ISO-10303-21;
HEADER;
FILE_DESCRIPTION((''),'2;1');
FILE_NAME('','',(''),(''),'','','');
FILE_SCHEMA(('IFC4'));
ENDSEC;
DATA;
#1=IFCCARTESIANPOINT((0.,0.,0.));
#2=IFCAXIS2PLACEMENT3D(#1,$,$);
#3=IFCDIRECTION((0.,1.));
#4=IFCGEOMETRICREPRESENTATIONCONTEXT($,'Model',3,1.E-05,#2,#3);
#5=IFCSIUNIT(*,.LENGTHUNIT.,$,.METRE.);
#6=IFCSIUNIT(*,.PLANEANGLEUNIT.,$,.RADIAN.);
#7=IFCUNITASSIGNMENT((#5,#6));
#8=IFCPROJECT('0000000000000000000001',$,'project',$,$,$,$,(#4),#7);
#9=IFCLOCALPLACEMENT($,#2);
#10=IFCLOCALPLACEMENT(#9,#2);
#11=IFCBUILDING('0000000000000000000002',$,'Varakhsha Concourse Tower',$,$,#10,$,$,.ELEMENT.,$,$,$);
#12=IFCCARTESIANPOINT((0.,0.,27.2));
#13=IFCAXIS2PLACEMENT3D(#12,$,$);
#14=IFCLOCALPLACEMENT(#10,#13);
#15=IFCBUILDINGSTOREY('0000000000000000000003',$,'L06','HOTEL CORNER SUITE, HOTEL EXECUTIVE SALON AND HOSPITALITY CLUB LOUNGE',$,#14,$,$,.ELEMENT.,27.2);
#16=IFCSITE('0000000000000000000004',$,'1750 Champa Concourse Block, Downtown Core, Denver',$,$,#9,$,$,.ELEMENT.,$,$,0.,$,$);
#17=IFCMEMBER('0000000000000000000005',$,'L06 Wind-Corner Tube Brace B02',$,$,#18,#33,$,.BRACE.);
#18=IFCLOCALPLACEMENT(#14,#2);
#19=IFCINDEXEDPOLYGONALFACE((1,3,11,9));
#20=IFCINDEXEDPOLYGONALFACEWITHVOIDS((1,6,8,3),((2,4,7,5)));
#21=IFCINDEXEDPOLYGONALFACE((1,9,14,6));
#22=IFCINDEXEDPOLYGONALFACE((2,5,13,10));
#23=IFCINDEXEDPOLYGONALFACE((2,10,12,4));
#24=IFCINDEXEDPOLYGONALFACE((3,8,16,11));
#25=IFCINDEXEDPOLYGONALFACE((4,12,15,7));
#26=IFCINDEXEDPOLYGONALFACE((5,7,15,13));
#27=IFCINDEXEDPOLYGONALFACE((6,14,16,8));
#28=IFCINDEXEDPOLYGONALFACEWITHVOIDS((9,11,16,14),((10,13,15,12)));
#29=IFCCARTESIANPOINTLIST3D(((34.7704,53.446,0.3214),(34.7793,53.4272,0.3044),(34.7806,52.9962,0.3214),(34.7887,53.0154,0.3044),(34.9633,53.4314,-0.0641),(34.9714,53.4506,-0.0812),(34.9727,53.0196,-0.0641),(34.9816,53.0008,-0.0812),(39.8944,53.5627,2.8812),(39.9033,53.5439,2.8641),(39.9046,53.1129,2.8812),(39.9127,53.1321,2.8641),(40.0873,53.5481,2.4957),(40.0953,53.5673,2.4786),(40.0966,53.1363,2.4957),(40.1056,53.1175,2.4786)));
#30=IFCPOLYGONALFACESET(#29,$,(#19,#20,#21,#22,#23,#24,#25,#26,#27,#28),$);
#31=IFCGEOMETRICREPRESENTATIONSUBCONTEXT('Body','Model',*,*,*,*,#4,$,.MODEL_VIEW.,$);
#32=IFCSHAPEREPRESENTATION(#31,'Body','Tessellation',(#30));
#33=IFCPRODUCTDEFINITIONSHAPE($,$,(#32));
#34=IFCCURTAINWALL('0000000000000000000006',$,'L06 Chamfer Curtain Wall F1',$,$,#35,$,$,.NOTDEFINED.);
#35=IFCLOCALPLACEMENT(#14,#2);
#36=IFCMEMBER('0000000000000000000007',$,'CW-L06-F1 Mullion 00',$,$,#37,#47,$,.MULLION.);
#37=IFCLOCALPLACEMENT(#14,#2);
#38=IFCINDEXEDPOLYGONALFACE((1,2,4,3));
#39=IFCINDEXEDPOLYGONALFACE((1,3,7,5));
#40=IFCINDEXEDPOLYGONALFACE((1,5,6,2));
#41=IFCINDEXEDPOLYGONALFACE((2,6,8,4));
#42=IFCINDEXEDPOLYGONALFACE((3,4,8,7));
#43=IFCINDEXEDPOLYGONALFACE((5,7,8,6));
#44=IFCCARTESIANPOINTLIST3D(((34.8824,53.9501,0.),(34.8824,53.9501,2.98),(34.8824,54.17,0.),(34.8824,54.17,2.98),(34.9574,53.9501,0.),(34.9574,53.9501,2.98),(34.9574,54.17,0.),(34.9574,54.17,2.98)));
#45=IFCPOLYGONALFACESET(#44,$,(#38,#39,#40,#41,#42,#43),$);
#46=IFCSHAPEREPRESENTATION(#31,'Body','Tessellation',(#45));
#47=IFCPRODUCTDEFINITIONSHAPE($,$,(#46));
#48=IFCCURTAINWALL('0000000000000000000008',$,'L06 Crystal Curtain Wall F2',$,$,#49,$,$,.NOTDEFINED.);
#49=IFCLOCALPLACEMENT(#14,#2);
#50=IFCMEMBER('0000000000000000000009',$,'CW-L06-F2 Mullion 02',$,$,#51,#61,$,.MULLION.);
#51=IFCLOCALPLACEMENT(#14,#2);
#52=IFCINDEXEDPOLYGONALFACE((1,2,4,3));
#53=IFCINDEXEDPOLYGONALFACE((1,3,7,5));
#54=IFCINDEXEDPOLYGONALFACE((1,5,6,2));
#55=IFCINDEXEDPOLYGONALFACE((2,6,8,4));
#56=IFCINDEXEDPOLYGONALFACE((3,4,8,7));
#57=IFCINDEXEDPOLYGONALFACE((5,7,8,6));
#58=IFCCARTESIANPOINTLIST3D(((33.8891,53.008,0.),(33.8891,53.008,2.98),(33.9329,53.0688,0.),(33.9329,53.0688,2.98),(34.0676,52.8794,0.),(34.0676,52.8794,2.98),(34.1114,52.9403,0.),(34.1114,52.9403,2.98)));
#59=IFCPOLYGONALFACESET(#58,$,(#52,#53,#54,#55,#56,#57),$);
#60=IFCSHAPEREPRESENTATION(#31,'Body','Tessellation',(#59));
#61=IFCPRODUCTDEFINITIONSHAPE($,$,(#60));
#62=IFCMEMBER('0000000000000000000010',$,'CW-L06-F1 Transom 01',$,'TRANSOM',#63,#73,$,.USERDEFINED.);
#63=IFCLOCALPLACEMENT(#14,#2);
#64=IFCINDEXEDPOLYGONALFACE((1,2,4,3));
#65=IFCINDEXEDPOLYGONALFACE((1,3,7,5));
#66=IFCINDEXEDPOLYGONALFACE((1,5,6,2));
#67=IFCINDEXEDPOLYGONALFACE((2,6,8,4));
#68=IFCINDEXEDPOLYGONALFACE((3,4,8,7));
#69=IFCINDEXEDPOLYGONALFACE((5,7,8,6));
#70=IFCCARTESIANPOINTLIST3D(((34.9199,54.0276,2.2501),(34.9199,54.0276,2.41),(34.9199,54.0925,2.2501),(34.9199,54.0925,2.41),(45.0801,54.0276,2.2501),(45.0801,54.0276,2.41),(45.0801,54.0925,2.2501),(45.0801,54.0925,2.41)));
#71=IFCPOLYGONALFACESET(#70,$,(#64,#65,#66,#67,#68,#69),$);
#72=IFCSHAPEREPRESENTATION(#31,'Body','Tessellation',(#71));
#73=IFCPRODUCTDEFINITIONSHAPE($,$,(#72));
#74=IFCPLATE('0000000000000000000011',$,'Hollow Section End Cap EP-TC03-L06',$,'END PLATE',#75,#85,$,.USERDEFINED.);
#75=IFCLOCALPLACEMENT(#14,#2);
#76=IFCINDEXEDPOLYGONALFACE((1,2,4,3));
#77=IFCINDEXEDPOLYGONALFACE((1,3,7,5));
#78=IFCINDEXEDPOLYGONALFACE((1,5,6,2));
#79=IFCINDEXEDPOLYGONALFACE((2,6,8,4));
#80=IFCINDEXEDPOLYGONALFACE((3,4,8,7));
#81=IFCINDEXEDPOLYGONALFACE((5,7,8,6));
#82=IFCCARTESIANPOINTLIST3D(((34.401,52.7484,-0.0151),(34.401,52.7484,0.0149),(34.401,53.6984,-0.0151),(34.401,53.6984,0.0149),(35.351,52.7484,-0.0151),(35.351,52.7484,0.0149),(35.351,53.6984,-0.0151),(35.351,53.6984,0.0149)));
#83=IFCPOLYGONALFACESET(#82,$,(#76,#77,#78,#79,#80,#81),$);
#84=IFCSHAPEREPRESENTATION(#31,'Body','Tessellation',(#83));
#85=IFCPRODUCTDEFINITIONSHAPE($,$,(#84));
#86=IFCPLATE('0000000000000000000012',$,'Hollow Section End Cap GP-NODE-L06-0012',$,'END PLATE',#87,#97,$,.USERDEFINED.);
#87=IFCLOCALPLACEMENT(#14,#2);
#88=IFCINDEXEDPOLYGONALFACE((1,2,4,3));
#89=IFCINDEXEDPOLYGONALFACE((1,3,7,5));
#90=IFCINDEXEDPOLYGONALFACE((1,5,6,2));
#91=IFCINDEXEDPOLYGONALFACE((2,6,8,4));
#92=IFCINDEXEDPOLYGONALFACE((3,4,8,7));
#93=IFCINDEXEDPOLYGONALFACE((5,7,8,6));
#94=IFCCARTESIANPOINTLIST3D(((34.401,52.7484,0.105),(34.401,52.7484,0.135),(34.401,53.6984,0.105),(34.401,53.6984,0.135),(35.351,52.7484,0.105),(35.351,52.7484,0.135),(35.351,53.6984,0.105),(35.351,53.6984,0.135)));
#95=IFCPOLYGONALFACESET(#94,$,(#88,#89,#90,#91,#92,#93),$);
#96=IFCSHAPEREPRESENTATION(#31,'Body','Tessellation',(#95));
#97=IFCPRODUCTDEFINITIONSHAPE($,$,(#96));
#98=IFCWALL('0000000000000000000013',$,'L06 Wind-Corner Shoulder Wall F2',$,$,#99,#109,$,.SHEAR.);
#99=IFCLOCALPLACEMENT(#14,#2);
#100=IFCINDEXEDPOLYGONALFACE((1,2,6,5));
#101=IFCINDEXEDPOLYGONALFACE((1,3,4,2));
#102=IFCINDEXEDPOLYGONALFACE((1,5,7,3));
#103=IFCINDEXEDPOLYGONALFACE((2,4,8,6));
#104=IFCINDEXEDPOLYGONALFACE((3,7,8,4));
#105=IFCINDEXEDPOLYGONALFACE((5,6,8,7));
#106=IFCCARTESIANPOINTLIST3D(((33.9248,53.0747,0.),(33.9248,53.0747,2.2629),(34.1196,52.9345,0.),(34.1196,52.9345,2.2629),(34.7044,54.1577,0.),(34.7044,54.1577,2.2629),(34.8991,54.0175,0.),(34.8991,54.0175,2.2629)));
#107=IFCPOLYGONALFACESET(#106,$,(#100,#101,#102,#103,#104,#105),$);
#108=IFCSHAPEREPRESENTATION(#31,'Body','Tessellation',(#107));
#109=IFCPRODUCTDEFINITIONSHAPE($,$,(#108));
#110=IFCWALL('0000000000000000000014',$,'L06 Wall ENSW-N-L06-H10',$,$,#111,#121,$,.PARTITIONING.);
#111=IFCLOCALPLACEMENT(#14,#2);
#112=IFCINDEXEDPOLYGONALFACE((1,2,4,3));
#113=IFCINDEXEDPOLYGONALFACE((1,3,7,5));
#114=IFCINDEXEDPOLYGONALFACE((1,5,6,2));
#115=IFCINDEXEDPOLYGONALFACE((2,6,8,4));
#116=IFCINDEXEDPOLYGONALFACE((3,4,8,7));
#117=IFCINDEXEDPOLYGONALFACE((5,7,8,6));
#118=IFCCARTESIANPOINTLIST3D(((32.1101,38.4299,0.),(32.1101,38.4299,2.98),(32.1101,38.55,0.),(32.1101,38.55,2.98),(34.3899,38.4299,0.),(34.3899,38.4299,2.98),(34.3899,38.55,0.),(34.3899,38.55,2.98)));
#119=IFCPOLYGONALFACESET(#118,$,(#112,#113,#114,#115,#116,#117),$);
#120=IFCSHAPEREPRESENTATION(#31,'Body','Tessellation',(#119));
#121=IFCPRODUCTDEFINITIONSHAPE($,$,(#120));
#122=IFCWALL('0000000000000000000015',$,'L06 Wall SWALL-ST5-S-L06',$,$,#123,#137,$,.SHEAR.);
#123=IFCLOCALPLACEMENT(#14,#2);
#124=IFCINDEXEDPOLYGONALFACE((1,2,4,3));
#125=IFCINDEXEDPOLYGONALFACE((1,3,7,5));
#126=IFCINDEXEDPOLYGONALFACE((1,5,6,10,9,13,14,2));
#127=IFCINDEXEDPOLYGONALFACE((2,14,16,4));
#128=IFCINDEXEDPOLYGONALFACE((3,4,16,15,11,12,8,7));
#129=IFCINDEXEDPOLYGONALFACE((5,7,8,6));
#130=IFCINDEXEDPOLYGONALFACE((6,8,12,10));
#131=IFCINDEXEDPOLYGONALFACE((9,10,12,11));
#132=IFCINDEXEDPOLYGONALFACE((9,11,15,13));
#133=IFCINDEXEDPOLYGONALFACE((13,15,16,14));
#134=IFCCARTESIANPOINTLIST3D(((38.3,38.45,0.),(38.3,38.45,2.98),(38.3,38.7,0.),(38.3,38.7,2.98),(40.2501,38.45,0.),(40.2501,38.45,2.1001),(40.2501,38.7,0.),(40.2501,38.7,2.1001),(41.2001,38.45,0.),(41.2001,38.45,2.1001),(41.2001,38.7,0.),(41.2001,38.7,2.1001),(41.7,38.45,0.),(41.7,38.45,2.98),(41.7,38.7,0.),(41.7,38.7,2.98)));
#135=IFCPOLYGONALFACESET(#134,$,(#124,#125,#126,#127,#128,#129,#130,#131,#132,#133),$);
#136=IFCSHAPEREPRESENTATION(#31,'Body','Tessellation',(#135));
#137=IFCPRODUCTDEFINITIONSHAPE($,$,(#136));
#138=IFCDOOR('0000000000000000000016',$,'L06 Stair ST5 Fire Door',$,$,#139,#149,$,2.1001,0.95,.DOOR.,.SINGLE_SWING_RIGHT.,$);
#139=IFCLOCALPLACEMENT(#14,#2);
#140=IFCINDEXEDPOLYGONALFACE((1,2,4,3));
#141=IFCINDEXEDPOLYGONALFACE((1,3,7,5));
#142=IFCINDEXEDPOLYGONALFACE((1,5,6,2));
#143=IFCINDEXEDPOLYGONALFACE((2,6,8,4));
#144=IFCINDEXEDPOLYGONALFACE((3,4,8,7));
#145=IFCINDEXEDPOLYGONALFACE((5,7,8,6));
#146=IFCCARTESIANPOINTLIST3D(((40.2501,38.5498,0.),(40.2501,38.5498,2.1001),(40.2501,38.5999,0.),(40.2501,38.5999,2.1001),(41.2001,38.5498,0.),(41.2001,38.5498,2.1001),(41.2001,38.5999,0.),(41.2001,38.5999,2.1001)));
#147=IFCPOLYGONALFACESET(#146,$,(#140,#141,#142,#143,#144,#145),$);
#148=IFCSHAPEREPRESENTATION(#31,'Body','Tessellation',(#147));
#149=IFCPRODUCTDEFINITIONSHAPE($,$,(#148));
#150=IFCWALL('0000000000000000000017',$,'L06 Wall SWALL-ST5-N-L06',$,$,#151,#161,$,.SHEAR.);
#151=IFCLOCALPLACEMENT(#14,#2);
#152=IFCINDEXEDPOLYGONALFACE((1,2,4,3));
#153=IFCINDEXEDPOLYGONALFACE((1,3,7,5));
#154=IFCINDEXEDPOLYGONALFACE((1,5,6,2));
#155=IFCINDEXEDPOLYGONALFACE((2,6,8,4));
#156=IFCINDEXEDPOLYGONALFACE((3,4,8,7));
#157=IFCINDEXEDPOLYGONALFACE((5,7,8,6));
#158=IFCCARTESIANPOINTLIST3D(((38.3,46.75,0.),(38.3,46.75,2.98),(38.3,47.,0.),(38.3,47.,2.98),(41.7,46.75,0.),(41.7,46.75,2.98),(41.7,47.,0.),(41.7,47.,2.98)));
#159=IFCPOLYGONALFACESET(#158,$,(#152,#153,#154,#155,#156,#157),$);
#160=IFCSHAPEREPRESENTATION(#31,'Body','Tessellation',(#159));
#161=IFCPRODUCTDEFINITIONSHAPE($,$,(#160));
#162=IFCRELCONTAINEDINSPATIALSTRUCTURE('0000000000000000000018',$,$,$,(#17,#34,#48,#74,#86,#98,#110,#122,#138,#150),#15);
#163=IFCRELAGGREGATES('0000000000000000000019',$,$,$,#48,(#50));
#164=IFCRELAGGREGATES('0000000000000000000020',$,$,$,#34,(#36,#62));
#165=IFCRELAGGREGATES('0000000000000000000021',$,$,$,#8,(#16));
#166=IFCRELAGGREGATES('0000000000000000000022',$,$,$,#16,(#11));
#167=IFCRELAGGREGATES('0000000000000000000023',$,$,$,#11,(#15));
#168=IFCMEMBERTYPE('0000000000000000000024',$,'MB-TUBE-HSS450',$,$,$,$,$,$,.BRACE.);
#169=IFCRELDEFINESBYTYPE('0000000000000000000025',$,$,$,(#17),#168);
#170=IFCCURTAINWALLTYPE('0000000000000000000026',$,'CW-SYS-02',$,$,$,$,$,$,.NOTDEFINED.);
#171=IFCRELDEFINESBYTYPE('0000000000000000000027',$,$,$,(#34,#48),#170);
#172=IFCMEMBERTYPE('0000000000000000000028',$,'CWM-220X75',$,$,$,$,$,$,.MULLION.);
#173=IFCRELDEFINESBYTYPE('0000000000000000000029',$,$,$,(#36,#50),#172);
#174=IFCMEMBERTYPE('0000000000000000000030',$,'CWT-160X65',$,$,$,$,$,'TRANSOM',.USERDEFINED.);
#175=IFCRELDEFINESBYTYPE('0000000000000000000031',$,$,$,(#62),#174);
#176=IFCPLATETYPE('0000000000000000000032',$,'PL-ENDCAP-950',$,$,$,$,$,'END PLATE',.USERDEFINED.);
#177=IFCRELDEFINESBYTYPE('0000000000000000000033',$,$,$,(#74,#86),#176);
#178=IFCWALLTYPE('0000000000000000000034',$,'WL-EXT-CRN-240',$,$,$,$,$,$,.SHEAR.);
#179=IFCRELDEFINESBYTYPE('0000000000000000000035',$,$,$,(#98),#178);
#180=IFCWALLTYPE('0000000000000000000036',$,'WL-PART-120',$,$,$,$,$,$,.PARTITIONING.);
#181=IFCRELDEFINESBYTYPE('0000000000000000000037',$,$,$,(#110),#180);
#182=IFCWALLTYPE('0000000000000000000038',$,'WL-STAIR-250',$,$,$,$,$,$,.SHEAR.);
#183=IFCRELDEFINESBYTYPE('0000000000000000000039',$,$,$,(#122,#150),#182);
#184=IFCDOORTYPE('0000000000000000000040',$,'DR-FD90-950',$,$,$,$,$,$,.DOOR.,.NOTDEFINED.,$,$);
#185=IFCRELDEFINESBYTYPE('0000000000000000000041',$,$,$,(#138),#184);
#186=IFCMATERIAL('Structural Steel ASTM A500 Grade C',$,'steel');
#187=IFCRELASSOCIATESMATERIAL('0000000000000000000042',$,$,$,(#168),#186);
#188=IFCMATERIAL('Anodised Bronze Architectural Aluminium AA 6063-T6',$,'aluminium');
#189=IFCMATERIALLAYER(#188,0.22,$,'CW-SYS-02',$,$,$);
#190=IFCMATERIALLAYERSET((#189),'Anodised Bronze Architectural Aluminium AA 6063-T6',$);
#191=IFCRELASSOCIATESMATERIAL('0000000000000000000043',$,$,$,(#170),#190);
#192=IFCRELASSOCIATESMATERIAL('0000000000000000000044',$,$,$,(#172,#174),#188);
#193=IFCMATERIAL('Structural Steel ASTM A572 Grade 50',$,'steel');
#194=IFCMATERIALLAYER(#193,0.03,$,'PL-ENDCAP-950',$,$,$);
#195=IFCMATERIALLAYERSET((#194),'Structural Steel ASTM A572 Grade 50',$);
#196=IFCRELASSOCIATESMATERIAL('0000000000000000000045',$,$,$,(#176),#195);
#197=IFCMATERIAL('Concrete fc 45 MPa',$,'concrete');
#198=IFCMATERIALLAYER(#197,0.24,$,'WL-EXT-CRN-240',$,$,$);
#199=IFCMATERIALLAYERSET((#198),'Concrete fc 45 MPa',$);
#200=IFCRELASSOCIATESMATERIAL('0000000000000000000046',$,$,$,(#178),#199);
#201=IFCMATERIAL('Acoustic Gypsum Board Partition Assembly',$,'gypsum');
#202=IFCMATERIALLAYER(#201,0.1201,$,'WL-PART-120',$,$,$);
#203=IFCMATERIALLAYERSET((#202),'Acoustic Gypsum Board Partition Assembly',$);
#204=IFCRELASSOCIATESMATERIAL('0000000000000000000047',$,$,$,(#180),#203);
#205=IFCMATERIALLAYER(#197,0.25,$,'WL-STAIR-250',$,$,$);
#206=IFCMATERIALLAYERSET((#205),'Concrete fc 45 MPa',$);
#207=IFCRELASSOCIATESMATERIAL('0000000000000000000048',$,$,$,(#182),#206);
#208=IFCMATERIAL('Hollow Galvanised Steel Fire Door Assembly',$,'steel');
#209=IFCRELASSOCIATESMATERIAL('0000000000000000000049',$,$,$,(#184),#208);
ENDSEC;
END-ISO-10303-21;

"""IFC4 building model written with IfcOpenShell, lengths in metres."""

from ifc_helpers import new_model, si_unit, direction, frame, frame_2d, origin, origin_2d, place, context, subcontext, project, spatial, rectangle, hollow_rectangle, extrude, source, transform, mapped, material, layer, layer_set, material_profile, profile_set, type_object, type_shapes, element, fill, aggregate, save


model = new_model("IFC4")

# Units and contexts
model_context = context("Model", 3, precision=1e-05, world=origin(), true_north=direction((0.0, 1.0)))
body_context = subcontext(model_context, "Body", "Model", "MODEL_VIEW")
ifc_project = project(units=[si_unit("LENGTHUNIT", "METRE"), si_unit("PLANEANGLEUNIT", "RADIAN")], contexts=[model_context])

# Site, building, storey
site_placement = place(None, origin())
site = spatial("IfcSite", under=ifc_project, at=site_placement, Name="1750 Champa Concourse Block, Downtown Core, Denver", CompositionType="ELEMENT", RefElevation=0.0)
building_placement = place(site_placement, origin())
building = spatial("IfcBuilding", under=site, at=building_placement, Name="Varakhsha Concourse Tower", CompositionType="ELEMENT")
storey_placement = place(building_placement, frame((0.0, 0.0, 27.2)))
storey = spatial("IfcBuildingStorey", under=building, at=storey_placement, Name="L06", Description="HOTEL CORNER SUITE, HOTEL EXECUTIVE SALON AND HOSPITALITY CLUB LOUNGE", CompositionType="ELEMENT", Elevation=27.2)

# Shared definitions
ifc_material_1 = material(Name="Structural Steel ASTM A572 Grade 50", Category="steel")

# Member
ifc_material_2 = material(Name="Structural Steel ASTM A500 Grade C", Category="steel")
ifc_material_profile_1 = material_profile(ifc_material_2, hollow_rectangle(XDim=0.45, YDim=0.45, WallThickness=0.019, at=origin_2d()), Name="HSS 450x450x19")
ifc_profile_set_1 = profile_set([ifc_material_profile_1], Name="Structural Steel ASTM A500 Grade C")
member_type_1 = type_object("IfcMemberType", Name="MB-TUBE-HSS450", PredefinedType="BRACE", material=ifc_profile_set_1)
shared_shape_1 = source(origin(), body_context, "Body", "SweptSolid", [
    extrude(hollow_rectangle(XDim=0.45, YDim=0.45, WallThickness=0.019, at=origin_2d()), origin(), (0.0, 0.0, 1.0), 5.729),
])
type_shapes(member_type_1, [shared_shape_1])
member_1_placement = place(storey_placement, frame((34.876, 53.2234, 0.1201), z_axis=(0.894395, 0.02037, 0.446814), x_axis=(-0.022769, 0.999741, 0.0)))
element("IfcMember", 1, at=member_1_placement, inside=storey, type_object=member_type_1, Name="L06 Wind-Corner Tube Brace B02", PredefinedType="BRACE", context=body_context, shape_type="MappedRepresentation", body=[
    mapped(shared_shape_1, transform((0.0, 0.0, 0.0), scale=1.0)),
])

# Curtain walls, members
ifc_material_3 = material(Name="Anodised Bronze Architectural Aluminium AA 6063-T6", Category="aluminium")
ifc_layer_1 = layer(ifc_material_3, 0.22, Name="CW-SYS-02")
ifc_layer_set_1 = layer_set([ifc_layer_1], Name="Anodised Bronze Architectural Aluminium AA 6063-T6")
curtain_wall_type = type_object("IfcCurtainWallType", Name="CW-SYS-02", PredefinedType="NOTDEFINED", material=ifc_layer_set_1)
curtain_wall_1_placement = place(storey_placement, origin())
curtain_wall_1 = element("IfcCurtainWall", 2, at=curtain_wall_1_placement, inside=storey, type_object=curtain_wall_type, Name="L06 Chamfer Curtain Wall F1", PredefinedType="NOTDEFINED")
ifc_material_profile_2 = material_profile(ifc_material_3, rectangle(XDim=0.075, YDim=0.22, at=origin_2d()), Name="CWM-220X75")
ifc_profile_set_2 = profile_set([ifc_material_profile_2], Name="Anodised Bronze Architectural Aluminium AA 6063-T6")
member_type_2 = type_object("IfcMemberType", Name="CWM-220X75", PredefinedType="MULLION", material=ifc_profile_set_2)
shared_shape_2 = source(origin(), body_context, "Body", "SweptSolid", [
    extrude(rectangle(XDim=0.075, YDim=0.22, at=origin_2d()), origin(), (0.0, 0.0, 1.0), 2.98),
])
type_shapes(member_type_2, [shared_shape_2])
member_2_placement = place(storey_placement, frame((34.9199, 54.0601, 0.0), z_axis=(0.0, 0.0, 1.0), x_axis=(1.0, 0.0, 0.0)))
member_2 = element("IfcMember", 3, at=member_2_placement, type_object=member_type_2, Name="CW-L06-F1 Mullion 00", PredefinedType="MULLION", context=body_context, shape_type="MappedRepresentation", body=[
    mapped(shared_shape_2, transform((0.0, 0.0, 0.0), scale=1.0)),
])
curtain_wall_2_placement = place(storey_placement, origin())
curtain_wall_2 = element("IfcCurtainWall", 4, at=curtain_wall_2_placement, inside=storey, type_object=curtain_wall_type, Name="L06 Crystal Curtain Wall F2", PredefinedType="NOTDEFINED")
member_3_placement = place(storey_placement, frame((34.0002, 52.9741, 0.0), z_axis=(0.0, 0.0, 1.0), x_axis=(0.584284, 0.81155, 0.0)))
member_3 = element("IfcMember", 5, at=member_3_placement, type_object=member_type_2, Name="CW-L06-F2 Mullion 02", PredefinedType="MULLION", context=body_context, shape_type="MappedRepresentation", body=[
    mapped(shared_shape_2, transform((0.0, 0.0, 0.0), scale=1.0)),
])
aggregate(curtain_wall_2, [member_3])

# Member
ifc_material_profile_3 = material_profile(ifc_material_3, rectangle(XDim=0.0649, YDim=0.1599, at=origin_2d()), Name="CWT-160X65")
ifc_profile_set_3 = profile_set([ifc_material_profile_3], Name="Anodised Bronze Architectural Aluminium AA 6063-T6")
member_type_3 = type_object("IfcMemberType", Name="CWT-160X65", ElementType="TRANSOM", PredefinedType="USERDEFINED", material=ifc_profile_set_3)
shared_shape_3 = source(origin(), body_context, "Body", "SweptSolid", [
    extrude(rectangle(XDim=0.0649, YDim=0.1599, at=origin_2d()), origin(), (0.0, 0.0, 1.0), 10.1602),
])
type_shapes(member_type_3, [shared_shape_3])
member_4_placement = place(storey_placement, frame((34.9199, 54.0601, 2.3301), z_axis=(1.0, 0.0, 0.0), x_axis=(0.0, 1.0, 0.0)))
member_4 = element("IfcMember", 6, at=member_4_placement, type_object=member_type_3, Name="CW-L06-F1 Transom 01", ObjectType="TRANSOM", PredefinedType="USERDEFINED", context=body_context, shape_type="MappedRepresentation", body=[
    mapped(shared_shape_3, transform((0.0, 0.0, 0.0), scale=1.0)),
])
aggregate(curtain_wall_1, [member_2, member_4])

# Plates
ifc_layer_2 = layer(ifc_material_1, 0.03, Name="PL-ENDCAP-950")
ifc_layer_set_2 = layer_set([ifc_layer_2], Name="Structural Steel ASTM A572 Grade 50")
plate_type = type_object("IfcPlateType", Name="PL-ENDCAP-950", ElementType="END PLATE", PredefinedType="USERDEFINED", material=ifc_layer_set_2)
shared_shape_4 = source(origin(), body_context, "Body", "SweptSolid", [
    extrude(rectangle(XDim=0.95, YDim=0.95, at=origin_2d()), origin(), (0.0, 0.0, 1.0), 0.03),
])
type_shapes(plate_type, [shared_shape_4])
for number, where, z_axis, x_axis, name in (
    (7, (34.876, 53.2234, -0.0151), (0.0, 0.0, 1.0), (1.0, 0.0, 0.0), "Hollow Section End Cap EP-TC03-L06"),
    (8, (34.876, 53.2234, 0.105), (0.0, 0.0, 1.0), (1.0, 0.0, 0.0), "Hollow Section End Cap GP-NODE-L06-0012"),
):
    element("IfcPlate", number, at=place(storey_placement, frame(where, z_axis=z_axis, x_axis=x_axis)), inside=storey, type_object=plate_type, Name=name, ObjectType="END PLATE", PredefinedType="USERDEFINED", context=body_context, shape_type="MappedRepresentation", body=[
        mapped(shared_shape_4, transform((0.0, 0.0, 0.0), scale=1.0)),
    ])

# Walls
ifc_material_4 = material(Name="Concrete fc 45 MPa", Category="concrete")
ifc_layer_3 = layer(ifc_material_4, 0.24, Name="WL-EXT-CRN-240")
ifc_layer_set_3 = layer_set([ifc_layer_3], Name="Concrete fc 45 MPa")
wall_type_1 = type_object("IfcWallType", Name="WL-EXT-CRN-240", PredefinedType="SHEAR", material=ifc_layer_set_3)
wall_1_placement = place(storey_placement, frame((34.8018, 54.0876, 0.0), z_axis=(0.0, 0.0, 1.0), x_axis=(-0.584194, -0.811614, 0.0)))
element("IfcWall", 9, at=wall_1_placement, inside=storey, type_object=wall_type_1, Name="L06 Wind-Corner Shoulder Wall F2", PredefinedType="SHEAR", context=body_context, shape_type="SweptSolid", body=[
    extrude(rectangle(XDim=1.3345, YDim=0.24, at=frame_2d((0.6672, 0.0))), origin(), (0.0, 0.0, 1.0), 2.2629),
])
ifc_material_5 = material(Name="Acoustic Gypsum Board Partition Assembly", Category="gypsum")
ifc_layer_4 = layer(ifc_material_5, 0.1201, Name="WL-PART-120")
ifc_layer_set_4 = layer_set([ifc_layer_4], Name="Acoustic Gypsum Board Partition Assembly")
wall_type_2 = type_object("IfcWallType", Name="WL-PART-120", PredefinedType="PARTITIONING", material=ifc_layer_set_4)
wall_2_placement = place(storey_placement, frame((32.1101, 38.49, 0.0), z_axis=(0.0, 0.0, 1.0), x_axis=(1.0, 0.0, 0.0)))
element("IfcWall", 10, at=wall_2_placement, inside=storey, type_object=wall_type_2, Name="L06 Wall ENSW-N-L06-H10", PredefinedType="PARTITIONING", context=body_context, shape_type="SweptSolid", body=[
    extrude(rectangle(XDim=2.2798, YDim=0.1201, at=frame_2d((1.1399, 0.0))), origin(), (0.0, 0.0, 1.0), 2.98),
])

# Wall, opening, door
ifc_layer_5 = layer(ifc_material_4, 0.25, Name="WL-STAIR-250")
ifc_layer_set_5 = layer_set([ifc_layer_5], Name="Concrete fc 45 MPa")
wall_type_3 = type_object("IfcWallType", Name="WL-STAIR-250", PredefinedType="SHEAR", material=ifc_layer_set_5)
wall_3_placement = place(storey_placement, frame((38.3, 38.575, 0.0), z_axis=(0.0, 0.0, 1.0), x_axis=(1.0, 0.0, 0.0)))
wall_3 = element("IfcWall", 11, at=wall_3_placement, inside=storey, type_object=wall_type_3, Name="L06 Wall SWALL-ST5-S-L06", PredefinedType="SHEAR", context=body_context, shape_type="SweptSolid", body=[
    extrude(rectangle(XDim=3.3999, YDim=0.25, at=frame_2d((1.7, 0.0))), origin(), (0.0, 0.0, 1.0), 2.98),
])
opening_placement = place(wall_3_placement, frame((1.95, 0.0, 0.0)))
opening = element("IfcOpeningElement", 12, at=opening_placement, cuts=wall_3, PredefinedType="OPENING", context=body_context, shape_type="SweptSolid", body=[
    extrude(rectangle(XDim=0.95, YDim=2.1001, at=frame_2d((0.4751, 1.05))), frame((0.0, 0.135, 0.0), z_axis=(0.0, -1.0, 0.0), x_axis=(1.0, 0.0, 0.0)), (0.0, 0.0, 1.0), 0.27),
])
ifc_material_6 = material(Name="Hollow Galvanised Steel Fire Door Assembly", Category="steel")
door_type = type_object("IfcDoorType", Name="DR-FD90-950", OperationType="NOTDEFINED", PredefinedType="DOOR", material=ifc_material_6)
door_placement = place(opening_placement, origin())
door = element("IfcDoor", 13, at=door_placement, inside=storey, type_object=door_type, Name="L06 Stair ST5 Fire Door", OperationType="SINGLE_SWING_RIGHT", OverallHeight=2.1001, OverallWidth=0.95, PredefinedType="DOOR", context=body_context, shape_type="SweptSolid", body=[
    extrude(rectangle(XDim=0.95, YDim=2.1001, at=frame_2d((0.4751, 1.05))), frame((0.0, 0.0249, 0.0), z_axis=(0.0, -1.0, 0.0), x_axis=(1.0, 0.0, 0.0)), (0.0, 0.0, 1.0), 0.05),
])
fill(opening, door)

# Wall
wall_4_placement = place(storey_placement, frame((38.3, 46.875, 0.0), z_axis=(0.0, 0.0, 1.0), x_axis=(1.0, 0.0, 0.0)))
element("IfcWall", 14, at=wall_4_placement, inside=storey, type_object=wall_type_3, Name="L06 Wall SWALL-ST5-N-L06", PredefinedType="SHEAR", context=body_context, shape_type="SweptSolid", body=[
    extrude(rectangle(XDim=3.3999, YDim=0.25, at=frame_2d((1.7, 0.0))), origin(), (0.0, 0.0, 1.0), 2.98),
])

save(model, "model.ifc")
